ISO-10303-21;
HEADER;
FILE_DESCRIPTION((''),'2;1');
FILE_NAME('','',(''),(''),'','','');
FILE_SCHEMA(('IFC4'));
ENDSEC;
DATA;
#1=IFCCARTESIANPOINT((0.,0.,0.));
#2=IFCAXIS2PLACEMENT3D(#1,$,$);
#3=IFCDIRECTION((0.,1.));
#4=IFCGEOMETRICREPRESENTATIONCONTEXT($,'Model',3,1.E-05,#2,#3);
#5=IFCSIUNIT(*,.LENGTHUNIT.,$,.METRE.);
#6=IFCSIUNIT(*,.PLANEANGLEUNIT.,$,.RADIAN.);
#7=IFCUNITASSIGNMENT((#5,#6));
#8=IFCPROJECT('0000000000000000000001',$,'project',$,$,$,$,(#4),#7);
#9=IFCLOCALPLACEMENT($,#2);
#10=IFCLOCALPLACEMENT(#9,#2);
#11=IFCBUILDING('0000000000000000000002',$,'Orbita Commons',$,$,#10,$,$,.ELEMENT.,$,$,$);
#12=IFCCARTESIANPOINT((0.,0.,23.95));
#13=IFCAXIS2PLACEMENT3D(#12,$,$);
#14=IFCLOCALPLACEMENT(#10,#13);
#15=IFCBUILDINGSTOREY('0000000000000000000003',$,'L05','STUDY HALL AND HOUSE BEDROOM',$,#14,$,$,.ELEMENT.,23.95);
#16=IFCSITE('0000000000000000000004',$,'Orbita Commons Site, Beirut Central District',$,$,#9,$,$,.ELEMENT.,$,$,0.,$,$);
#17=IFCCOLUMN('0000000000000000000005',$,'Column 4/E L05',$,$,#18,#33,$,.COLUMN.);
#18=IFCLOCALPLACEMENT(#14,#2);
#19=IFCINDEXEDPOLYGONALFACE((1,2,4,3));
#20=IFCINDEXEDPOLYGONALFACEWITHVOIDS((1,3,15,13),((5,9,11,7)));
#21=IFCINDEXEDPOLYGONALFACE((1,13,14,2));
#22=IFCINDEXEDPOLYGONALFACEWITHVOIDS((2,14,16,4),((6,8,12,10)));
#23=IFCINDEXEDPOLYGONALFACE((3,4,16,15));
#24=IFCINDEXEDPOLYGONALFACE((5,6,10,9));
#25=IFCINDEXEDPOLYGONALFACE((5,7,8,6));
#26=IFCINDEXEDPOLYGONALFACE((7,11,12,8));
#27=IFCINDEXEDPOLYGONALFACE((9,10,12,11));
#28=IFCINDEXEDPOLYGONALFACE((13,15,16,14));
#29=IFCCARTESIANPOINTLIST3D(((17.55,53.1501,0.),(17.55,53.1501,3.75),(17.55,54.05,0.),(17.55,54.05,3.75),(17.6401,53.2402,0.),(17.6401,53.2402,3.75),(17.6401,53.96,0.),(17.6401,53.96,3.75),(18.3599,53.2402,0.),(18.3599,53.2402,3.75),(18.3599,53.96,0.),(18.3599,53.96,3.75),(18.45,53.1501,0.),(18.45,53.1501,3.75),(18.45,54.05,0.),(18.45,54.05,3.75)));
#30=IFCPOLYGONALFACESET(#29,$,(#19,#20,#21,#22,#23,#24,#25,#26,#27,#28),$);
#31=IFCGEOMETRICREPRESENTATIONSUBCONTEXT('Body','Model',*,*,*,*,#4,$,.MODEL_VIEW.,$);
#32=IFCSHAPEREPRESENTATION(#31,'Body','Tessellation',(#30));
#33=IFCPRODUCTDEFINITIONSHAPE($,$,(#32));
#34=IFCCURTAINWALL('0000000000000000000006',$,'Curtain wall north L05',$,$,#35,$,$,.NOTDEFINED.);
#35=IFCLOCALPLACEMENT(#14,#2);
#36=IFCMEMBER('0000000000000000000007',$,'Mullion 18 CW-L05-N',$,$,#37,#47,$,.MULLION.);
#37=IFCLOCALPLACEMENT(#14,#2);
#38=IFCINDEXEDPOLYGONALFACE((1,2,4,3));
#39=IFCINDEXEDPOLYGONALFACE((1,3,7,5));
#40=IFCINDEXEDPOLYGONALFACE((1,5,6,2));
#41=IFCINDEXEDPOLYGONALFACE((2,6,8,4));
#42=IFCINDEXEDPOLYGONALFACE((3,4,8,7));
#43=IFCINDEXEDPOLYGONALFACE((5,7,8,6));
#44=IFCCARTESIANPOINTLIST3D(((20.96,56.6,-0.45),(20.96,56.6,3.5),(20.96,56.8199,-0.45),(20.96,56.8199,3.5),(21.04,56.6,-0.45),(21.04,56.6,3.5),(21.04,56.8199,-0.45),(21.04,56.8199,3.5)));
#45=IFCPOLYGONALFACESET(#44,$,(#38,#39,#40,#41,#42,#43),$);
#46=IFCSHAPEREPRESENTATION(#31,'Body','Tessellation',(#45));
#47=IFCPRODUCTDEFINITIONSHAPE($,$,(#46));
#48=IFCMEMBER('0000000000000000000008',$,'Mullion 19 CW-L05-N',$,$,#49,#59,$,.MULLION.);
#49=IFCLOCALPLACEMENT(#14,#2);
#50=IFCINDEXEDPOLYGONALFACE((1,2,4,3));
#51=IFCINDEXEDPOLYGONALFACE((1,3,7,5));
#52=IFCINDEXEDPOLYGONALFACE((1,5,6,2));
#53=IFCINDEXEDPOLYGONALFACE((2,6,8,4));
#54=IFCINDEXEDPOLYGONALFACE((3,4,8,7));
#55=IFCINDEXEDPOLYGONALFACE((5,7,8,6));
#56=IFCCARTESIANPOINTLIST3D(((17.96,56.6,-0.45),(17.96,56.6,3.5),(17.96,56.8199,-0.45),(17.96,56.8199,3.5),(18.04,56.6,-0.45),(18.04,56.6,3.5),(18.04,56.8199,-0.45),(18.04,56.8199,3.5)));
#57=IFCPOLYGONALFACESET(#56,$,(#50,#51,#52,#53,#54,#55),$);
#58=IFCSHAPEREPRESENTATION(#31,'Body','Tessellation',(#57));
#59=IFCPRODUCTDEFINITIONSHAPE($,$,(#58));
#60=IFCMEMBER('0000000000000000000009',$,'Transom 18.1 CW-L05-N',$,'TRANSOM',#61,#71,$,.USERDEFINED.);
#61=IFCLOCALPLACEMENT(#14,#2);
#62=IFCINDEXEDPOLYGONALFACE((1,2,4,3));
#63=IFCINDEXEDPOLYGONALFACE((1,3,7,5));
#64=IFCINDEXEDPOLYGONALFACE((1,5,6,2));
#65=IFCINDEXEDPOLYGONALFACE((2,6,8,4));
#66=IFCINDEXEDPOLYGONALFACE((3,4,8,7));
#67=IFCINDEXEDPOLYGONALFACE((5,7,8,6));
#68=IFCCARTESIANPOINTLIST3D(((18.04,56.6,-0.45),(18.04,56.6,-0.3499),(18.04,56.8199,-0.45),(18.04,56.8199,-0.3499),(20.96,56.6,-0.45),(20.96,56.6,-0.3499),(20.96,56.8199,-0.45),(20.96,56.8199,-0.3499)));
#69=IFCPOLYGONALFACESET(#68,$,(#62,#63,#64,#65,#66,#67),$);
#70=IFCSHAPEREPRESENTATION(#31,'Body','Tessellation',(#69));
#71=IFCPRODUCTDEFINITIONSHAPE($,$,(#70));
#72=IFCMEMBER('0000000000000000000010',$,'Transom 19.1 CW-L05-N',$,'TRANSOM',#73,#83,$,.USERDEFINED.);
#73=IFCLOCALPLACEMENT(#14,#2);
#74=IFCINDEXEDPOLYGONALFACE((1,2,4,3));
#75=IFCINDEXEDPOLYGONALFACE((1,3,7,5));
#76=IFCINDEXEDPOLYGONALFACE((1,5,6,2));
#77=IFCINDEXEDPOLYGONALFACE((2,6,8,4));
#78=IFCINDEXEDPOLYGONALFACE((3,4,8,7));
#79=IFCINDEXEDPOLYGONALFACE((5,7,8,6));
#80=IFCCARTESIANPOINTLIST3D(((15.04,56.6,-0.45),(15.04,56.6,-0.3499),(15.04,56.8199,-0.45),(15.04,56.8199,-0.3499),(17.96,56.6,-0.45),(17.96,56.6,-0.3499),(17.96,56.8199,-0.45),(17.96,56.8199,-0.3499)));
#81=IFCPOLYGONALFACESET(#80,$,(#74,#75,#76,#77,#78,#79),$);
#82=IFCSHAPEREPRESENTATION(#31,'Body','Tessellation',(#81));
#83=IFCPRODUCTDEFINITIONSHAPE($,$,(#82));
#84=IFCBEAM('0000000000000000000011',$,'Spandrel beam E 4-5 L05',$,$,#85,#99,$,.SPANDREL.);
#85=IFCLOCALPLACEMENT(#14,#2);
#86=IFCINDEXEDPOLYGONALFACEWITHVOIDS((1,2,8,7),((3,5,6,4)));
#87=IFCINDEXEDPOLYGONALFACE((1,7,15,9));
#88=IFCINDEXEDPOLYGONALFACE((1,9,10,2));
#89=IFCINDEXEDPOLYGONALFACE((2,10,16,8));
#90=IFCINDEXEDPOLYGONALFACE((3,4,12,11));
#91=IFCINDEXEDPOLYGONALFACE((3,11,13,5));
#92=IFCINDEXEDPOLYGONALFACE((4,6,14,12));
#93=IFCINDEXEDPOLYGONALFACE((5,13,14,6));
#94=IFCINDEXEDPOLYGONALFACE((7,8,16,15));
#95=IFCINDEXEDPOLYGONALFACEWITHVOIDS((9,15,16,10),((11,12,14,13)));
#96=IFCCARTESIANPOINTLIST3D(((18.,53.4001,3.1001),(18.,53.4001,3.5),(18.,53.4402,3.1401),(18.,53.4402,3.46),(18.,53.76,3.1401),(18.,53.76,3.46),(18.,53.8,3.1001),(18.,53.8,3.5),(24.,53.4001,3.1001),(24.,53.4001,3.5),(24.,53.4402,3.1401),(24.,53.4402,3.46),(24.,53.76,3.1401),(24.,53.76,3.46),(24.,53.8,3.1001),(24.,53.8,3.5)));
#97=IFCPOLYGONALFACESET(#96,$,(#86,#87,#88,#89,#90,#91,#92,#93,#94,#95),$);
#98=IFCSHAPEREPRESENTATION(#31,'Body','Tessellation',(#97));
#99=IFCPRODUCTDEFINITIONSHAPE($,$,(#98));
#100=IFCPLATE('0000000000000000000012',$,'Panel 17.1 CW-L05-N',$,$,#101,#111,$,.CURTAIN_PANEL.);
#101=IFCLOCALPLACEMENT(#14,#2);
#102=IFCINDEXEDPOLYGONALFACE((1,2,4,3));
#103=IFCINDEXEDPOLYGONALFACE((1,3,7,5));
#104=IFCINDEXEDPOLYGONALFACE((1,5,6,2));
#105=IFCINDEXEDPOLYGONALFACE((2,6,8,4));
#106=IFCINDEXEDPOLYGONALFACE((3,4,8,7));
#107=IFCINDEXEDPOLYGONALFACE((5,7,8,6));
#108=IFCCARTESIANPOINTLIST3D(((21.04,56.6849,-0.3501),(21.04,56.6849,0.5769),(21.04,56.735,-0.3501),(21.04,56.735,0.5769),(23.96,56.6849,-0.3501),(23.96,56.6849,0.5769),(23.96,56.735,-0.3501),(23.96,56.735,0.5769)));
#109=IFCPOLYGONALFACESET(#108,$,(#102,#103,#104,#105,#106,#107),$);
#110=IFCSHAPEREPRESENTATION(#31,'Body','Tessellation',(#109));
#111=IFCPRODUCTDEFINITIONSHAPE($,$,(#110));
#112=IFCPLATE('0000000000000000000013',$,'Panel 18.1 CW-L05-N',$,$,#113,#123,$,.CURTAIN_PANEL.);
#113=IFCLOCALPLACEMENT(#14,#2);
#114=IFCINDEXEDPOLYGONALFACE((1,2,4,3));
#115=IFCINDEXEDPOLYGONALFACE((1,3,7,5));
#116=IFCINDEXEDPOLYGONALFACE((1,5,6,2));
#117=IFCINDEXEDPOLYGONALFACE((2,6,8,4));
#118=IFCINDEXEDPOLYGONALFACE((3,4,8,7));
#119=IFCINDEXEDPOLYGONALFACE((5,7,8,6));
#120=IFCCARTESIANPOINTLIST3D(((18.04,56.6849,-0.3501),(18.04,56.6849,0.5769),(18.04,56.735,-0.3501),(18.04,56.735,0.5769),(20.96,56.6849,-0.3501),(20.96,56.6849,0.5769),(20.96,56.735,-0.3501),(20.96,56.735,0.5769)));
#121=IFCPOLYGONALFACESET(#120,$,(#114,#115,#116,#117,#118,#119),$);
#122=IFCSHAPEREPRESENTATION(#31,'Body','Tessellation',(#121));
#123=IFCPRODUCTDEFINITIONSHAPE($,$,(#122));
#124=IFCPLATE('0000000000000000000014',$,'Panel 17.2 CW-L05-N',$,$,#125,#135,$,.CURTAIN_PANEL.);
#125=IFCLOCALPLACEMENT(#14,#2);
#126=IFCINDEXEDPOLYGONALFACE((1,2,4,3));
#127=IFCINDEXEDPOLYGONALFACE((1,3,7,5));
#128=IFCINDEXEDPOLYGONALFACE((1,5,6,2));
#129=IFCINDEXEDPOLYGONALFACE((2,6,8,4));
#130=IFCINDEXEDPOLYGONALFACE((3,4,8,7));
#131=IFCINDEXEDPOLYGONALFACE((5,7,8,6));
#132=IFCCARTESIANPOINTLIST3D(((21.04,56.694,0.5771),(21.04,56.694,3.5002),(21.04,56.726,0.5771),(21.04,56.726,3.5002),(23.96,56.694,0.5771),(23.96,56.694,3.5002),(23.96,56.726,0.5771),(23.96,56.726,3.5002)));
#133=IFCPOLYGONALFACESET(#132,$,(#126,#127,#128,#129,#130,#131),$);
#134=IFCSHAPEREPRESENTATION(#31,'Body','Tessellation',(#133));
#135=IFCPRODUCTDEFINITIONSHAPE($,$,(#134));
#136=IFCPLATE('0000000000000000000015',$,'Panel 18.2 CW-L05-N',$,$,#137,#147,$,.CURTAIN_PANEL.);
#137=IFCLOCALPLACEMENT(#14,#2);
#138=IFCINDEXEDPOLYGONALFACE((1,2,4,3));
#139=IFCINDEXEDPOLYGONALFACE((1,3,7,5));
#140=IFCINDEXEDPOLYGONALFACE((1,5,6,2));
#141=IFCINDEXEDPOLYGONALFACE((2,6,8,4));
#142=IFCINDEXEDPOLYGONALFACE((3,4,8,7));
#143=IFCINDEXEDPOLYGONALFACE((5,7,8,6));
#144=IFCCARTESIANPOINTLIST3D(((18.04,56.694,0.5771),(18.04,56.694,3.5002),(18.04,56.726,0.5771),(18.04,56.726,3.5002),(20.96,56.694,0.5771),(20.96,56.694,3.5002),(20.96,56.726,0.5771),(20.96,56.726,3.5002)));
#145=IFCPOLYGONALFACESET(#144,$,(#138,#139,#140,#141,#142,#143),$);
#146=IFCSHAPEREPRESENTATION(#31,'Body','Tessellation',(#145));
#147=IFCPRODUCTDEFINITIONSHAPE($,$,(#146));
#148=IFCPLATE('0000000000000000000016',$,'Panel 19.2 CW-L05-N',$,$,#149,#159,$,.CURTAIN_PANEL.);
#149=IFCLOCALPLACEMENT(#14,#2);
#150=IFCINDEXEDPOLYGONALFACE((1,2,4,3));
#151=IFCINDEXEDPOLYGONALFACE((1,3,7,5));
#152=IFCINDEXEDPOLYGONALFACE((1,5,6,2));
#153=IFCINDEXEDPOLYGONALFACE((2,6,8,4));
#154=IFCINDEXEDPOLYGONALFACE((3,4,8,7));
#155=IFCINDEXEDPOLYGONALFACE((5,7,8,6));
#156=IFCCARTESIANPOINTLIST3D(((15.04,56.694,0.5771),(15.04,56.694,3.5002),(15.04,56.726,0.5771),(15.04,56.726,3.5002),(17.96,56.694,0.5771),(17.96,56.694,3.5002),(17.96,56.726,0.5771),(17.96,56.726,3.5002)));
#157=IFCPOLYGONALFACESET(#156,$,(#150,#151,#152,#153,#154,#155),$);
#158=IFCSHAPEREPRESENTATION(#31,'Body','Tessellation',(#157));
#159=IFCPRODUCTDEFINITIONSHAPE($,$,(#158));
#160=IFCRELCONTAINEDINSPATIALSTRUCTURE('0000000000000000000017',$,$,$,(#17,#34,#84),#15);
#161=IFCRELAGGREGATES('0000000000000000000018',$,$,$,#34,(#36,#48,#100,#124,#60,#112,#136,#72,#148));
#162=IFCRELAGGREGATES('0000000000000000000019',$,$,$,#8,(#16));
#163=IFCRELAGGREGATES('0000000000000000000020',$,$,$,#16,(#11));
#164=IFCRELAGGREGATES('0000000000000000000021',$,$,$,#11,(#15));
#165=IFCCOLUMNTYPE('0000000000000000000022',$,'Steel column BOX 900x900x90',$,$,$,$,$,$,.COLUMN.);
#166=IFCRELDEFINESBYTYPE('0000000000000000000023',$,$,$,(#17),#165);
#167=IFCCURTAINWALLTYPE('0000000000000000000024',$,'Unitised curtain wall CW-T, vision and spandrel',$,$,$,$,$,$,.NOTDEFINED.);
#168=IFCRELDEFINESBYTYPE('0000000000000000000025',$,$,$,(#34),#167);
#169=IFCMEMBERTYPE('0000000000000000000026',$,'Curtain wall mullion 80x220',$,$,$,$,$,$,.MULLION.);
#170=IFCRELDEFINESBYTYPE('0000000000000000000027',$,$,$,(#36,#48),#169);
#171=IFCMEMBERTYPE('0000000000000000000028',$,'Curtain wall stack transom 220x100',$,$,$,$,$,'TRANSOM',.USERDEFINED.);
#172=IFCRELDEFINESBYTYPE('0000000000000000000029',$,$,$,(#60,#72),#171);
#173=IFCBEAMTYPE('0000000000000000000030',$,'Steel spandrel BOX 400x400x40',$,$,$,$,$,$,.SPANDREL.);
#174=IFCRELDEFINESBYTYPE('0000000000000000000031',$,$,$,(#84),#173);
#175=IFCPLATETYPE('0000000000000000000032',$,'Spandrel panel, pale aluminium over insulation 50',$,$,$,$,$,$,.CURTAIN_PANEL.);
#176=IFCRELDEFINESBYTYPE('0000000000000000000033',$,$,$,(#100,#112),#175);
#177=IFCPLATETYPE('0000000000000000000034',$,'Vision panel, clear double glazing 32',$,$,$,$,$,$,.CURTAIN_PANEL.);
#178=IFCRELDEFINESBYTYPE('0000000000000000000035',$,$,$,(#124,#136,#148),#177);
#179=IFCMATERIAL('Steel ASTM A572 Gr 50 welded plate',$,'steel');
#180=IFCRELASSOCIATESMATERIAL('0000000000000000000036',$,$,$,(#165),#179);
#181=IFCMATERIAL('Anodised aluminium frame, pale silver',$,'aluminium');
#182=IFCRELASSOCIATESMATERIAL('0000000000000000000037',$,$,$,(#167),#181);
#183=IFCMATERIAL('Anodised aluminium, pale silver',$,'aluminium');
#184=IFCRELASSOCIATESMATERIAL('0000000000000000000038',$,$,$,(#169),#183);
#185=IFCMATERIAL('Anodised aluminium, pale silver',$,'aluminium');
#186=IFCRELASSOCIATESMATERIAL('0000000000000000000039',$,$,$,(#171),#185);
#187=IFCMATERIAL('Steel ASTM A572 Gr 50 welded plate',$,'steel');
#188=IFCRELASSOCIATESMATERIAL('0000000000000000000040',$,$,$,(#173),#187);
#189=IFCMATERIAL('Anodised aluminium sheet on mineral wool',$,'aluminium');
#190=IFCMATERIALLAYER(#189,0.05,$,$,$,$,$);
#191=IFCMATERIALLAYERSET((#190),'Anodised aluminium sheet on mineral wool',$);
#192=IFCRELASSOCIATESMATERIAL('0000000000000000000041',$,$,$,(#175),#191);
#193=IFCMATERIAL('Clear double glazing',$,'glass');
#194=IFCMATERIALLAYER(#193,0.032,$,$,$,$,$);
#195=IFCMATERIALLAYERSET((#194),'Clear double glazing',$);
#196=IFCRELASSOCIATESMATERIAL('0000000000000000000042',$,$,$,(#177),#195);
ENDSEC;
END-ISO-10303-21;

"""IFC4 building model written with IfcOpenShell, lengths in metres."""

from ifc_helpers import new_model, si_unit, direction, frame, origin, origin_2d, place, context, subcontext, project, spatial, rectangle, hollow_rectangle, extrude, material, layer, layer_set, material_profile, profile_set, type_object, element, aggregate, save


model = new_model("IFC4")

# Units and contexts
model_context = context("Model", 3, precision=1e-05, world=origin(), true_north=direction((0.0, 1.0)))
body_context = subcontext(model_context, "Body", "Model", "MODEL_VIEW")
ifc_project = project(units=[si_unit("LENGTHUNIT", "METRE"), si_unit("PLANEANGLEUNIT", "RADIAN")], contexts=[model_context])

# Site, building, storey
site_placement = place(None, origin())
site = spatial("IfcSite", under=ifc_project, at=site_placement, Name="Orbita Commons Site, Beirut Central District", CompositionType="ELEMENT", RefElevation=0.0)
building_placement = place(site_placement, origin())
building = spatial("IfcBuilding", under=site, at=building_placement, Name="Orbita Commons", CompositionType="ELEMENT")
storey_placement = place(building_placement, frame((0.0, 0.0, 23.95)))
storey = spatial("IfcBuildingStorey", under=building, at=storey_placement, Name="L05", Description="STUDY HALL AND HOUSE BEDROOM", CompositionType="ELEMENT", Elevation=23.95)

# Column
ifc_material_1 = material(Name="Steel ASTM A572 Gr 50 welded plate", Category="steel")
ifc_material_profile_1 = material_profile(ifc_material_1, hollow_rectangle(XDim=0.8999, YDim=0.8999, WallThickness=0.0901, at=origin_2d()), Name="BOX 900x900x90")
ifc_profile_set_1 = profile_set([ifc_material_profile_1], Name="Steel ASTM A572 Gr 50 welded plate")
column_type = type_object("IfcColumnType", Name="Steel column BOX 900x900x90", PredefinedType="COLUMN", material=ifc_profile_set_1)
column_placement = place(storey_placement, frame((18.0, 53.6001, 0.0), z_axis=(0.0, 0.0, 1.0), x_axis=(1.0, 0.0, 0.0)))
element("IfcColumn", 1, at=column_placement, inside=storey, type_object=column_type, Name="Column 4/E L05", PredefinedType="COLUMN", context=body_context, shape_type="SweptSolid", body=[
    extrude(hollow_rectangle(XDim=0.8999, YDim=0.8999, WallThickness=0.0901, at=origin_2d()), origin(), (0.0, 0.0, 1.0), 3.75),
])

# Curtain wall, members
ifc_material_2 = material(Name="Anodised aluminium frame, pale silver", Category="aluminium")
curtain_wall_type = type_object("IfcCurtainWallType", Name="Unitised curtain wall CW-T, vision and spandrel", PredefinedType="NOTDEFINED", material=ifc_material_2)
curtain_wall_placement = place(storey_placement, origin())
curtain_wall = element("IfcCurtainWall", 2, at=curtain_wall_placement, inside=storey, type_object=curtain_wall_type, Name="Curtain wall north L05", PredefinedType="NOTDEFINED")
ifc_material_3 = material(Name="Anodised aluminium, pale silver", Category="aluminium")
ifc_material_profile_2 = material_profile(ifc_material_3, rectangle(XDim=0.0801, YDim=0.22, at=origin_2d()), Name="AL 80x220")
ifc_profile_set_2 = profile_set([ifc_material_profile_2], Name="Anodised aluminium, pale silver")
member_type_1 = type_object("IfcMemberType", Name="Curtain wall mullion 80x220", PredefinedType="MULLION", material=ifc_profile_set_2)
member_1_placement = place(storey_placement, frame((21.0, 56.71, -0.45), z_axis=(0.0, 0.0, 1.0), x_axis=(-1.0, 0.0, 0.0)))
member_1 = element("IfcMember", 3, at=member_1_placement, type_object=member_type_1, Name="Mullion 18 CW-L05-N", PredefinedType="MULLION", context=body_context, shape_type="SweptSolid", body=[
    extrude(rectangle(XDim=0.0801, YDim=0.22, at=origin_2d()), origin(), (0.0, 0.0, 1.0), 3.95),
])
member_2_placement = place(storey_placement, frame((18.0, 56.71, -0.45), z_axis=(0.0, 0.0, 1.0), x_axis=(-1.0, 0.0, 0.0)))
member_2 = element("IfcMember", 4, at=member_2_placement, type_object=member_type_1, Name="Mullion 19 CW-L05-N", PredefinedType="MULLION", context=body_context, shape_type="SweptSolid", body=[
    extrude(rectangle(XDim=0.0801, YDim=0.22, at=origin_2d()), origin(), (0.0, 0.0, 1.0), 3.95),
])
ifc_material_4 = material(Name="Anodised aluminium, pale silver", Category="aluminium")
ifc_material_profile_3 = material_profile(ifc_material_4, rectangle(XDim=0.22, YDim=0.1001, at=origin_2d()), Name="AL 220x100")
ifc_profile_set_3 = profile_set([ifc_material_profile_3], Name="Anodised aluminium, pale silver")
member_type_2 = type_object("IfcMemberType", Name="Curtain wall stack transom 220x100", ElementType="TRANSOM", PredefinedType="USERDEFINED", material=ifc_profile_set_3)
member_3_placement = place(storey_placement, frame((20.96, 56.71, -0.3999), z_axis=(-1.0, 0.0, 0.0), x_axis=(0.0, -1.0, 0.0)))
member_3 = element("IfcMember", 5, at=member_3_placement, type_object=member_type_2, Name="Transom 18.1 CW-L05-N", ObjectType="TRANSOM", PredefinedType="USERDEFINED", context=body_context, shape_type="SweptSolid", body=[
    extrude(rectangle(XDim=0.22, YDim=0.1001, at=origin_2d()), origin(), (0.0, 0.0, 1.0), 2.9199),
])
member_4_placement = place(storey_placement, frame((17.96, 56.71, -0.3999), z_axis=(-1.0, 0.0, 0.0), x_axis=(0.0, -1.0, 0.0)))
member_4 = element("IfcMember", 6, at=member_4_placement, type_object=member_type_2, Name="Transom 19.1 CW-L05-N", ObjectType="TRANSOM", PredefinedType="USERDEFINED", context=body_context, shape_type="SweptSolid", body=[
    extrude(rectangle(XDim=0.22, YDim=0.1001, at=origin_2d()), origin(), (0.0, 0.0, 1.0), 2.9199),
])

# Beam
ifc_material_5 = material(Name="Steel ASTM A572 Gr 50 welded plate", Category="steel")
ifc_material_profile_4 = material_profile(ifc_material_5, hollow_rectangle(XDim=0.3999, YDim=0.3999, WallThickness=0.04, at=origin_2d()), Name="BOX 400x400x40")
ifc_profile_set_4 = profile_set([ifc_material_profile_4], Name="Steel ASTM A572 Gr 50 welded plate")
beam_type = type_object("IfcBeamType", Name="Steel spandrel BOX 400x400x40", PredefinedType="SPANDREL", material=ifc_profile_set_4)
beam_placement = place(storey_placement, frame((18.0, 53.6001, 3.3), z_axis=(1.0, 0.0, 0.0), x_axis=(0.0, 1.0, 0.0)))
element("IfcBeam", 7, at=beam_placement, inside=storey, type_object=beam_type, Name="Spandrel beam E 4-5 L05", PredefinedType="SPANDREL", context=body_context, shape_type="SweptSolid", body=[
    extrude(hollow_rectangle(XDim=0.3999, YDim=0.3999, WallThickness=0.04, at=origin_2d()), origin(), (0.0, 0.0, 1.0), 6.0),
])

# Plates
ifc_material_6 = material(Name="Anodised aluminium sheet on mineral wool", Category="aluminium")
ifc_layer_1 = layer(ifc_material_6, 0.05)
ifc_layer_set_1 = layer_set([ifc_layer_1], Name="Anodised aluminium sheet on mineral wool")
plate_type_1 = type_object("IfcPlateType", Name="Spandrel panel, pale aluminium over insulation 50", PredefinedType="CURTAIN_PANEL", material=ifc_layer_set_1)
plate_1_placement = place(storey_placement, frame((22.5, 56.71, -0.3501), z_axis=(0.0, 0.0, 1.0), x_axis=(-1.0, 0.0, 0.0)))
plate_1 = element("IfcPlate", 8, at=plate_1_placement, type_object=plate_type_1, Name="Panel 17.1 CW-L05-N", PredefinedType="CURTAIN_PANEL", context=body_context, shape_type="SweptSolid", body=[
    extrude(rectangle(XDim=2.9199, YDim=0.05, at=origin_2d()), origin(), (0.0, 0.0, 1.0), 0.927),
])
plate_2_placement = place(storey_placement, frame((19.5, 56.71, -0.3501), z_axis=(0.0, 0.0, 1.0), x_axis=(-1.0, 0.0, 0.0)))
plate_2 = element("IfcPlate", 9, at=plate_2_placement, type_object=plate_type_1, Name="Panel 18.1 CW-L05-N", PredefinedType="CURTAIN_PANEL", context=body_context, shape_type="SweptSolid", body=[
    extrude(rectangle(XDim=2.9199, YDim=0.05, at=origin_2d()), origin(), (0.0, 0.0, 1.0), 0.927),
])
ifc_material_7 = material(Name="Clear double glazing", Category="glass")
ifc_layer_2 = layer(ifc_material_7, 0.032)
ifc_layer_set_2 = layer_set([ifc_layer_2], Name="Clear double glazing")
plate_type_2 = type_object("IfcPlateType", Name="Vision panel, clear double glazing 32", PredefinedType="CURTAIN_PANEL", material=ifc_layer_set_2)
plate_3_placement = place(storey_placement, frame((22.5, 56.71, 0.5771), z_axis=(0.0, 0.0, 1.0), x_axis=(-1.0, 0.0, 0.0)))
plate_3 = element("IfcPlate", 10, at=plate_3_placement, type_object=plate_type_2, Name="Panel 17.2 CW-L05-N", PredefinedType="CURTAIN_PANEL", context=body_context, shape_type="SweptSolid", body=[
    extrude(rectangle(XDim=2.9199, YDim=0.032, at=origin_2d()), origin(), (0.0, 0.0, 1.0), 2.9231),
])
plate_4_placement = place(storey_placement, frame((19.5, 56.71, 0.5771), z_axis=(0.0, 0.0, 1.0), x_axis=(-1.0, 0.0, 0.0)))
plate_4 = element("IfcPlate", 11, at=plate_4_placement, type_object=plate_type_2, Name="Panel 18.2 CW-L05-N", PredefinedType="CURTAIN_PANEL", context=body_context, shape_type="SweptSolid", body=[
    extrude(rectangle(XDim=2.9199, YDim=0.032, at=origin_2d()), origin(), (0.0, 0.0, 1.0), 2.9231),
])
plate_5_placement = place(storey_placement, frame((16.5, 56.71, 0.5771), z_axis=(0.0, 0.0, 1.0), x_axis=(-1.0, 0.0, 0.0)))
plate_5 = element("IfcPlate", 12, at=plate_5_placement, type_object=plate_type_2, Name="Panel 19.2 CW-L05-N", PredefinedType="CURTAIN_PANEL", context=body_context, shape_type="SweptSolid", body=[
    extrude(rectangle(XDim=2.9199, YDim=0.032, at=origin_2d()), origin(), (0.0, 0.0, 1.0), 2.9231),
])
aggregate(curtain_wall, [member_1, member_2, plate_1, plate_3, member_3, plate_2, plate_4, member_4, plate_5])

save(model, "model.ifc")
